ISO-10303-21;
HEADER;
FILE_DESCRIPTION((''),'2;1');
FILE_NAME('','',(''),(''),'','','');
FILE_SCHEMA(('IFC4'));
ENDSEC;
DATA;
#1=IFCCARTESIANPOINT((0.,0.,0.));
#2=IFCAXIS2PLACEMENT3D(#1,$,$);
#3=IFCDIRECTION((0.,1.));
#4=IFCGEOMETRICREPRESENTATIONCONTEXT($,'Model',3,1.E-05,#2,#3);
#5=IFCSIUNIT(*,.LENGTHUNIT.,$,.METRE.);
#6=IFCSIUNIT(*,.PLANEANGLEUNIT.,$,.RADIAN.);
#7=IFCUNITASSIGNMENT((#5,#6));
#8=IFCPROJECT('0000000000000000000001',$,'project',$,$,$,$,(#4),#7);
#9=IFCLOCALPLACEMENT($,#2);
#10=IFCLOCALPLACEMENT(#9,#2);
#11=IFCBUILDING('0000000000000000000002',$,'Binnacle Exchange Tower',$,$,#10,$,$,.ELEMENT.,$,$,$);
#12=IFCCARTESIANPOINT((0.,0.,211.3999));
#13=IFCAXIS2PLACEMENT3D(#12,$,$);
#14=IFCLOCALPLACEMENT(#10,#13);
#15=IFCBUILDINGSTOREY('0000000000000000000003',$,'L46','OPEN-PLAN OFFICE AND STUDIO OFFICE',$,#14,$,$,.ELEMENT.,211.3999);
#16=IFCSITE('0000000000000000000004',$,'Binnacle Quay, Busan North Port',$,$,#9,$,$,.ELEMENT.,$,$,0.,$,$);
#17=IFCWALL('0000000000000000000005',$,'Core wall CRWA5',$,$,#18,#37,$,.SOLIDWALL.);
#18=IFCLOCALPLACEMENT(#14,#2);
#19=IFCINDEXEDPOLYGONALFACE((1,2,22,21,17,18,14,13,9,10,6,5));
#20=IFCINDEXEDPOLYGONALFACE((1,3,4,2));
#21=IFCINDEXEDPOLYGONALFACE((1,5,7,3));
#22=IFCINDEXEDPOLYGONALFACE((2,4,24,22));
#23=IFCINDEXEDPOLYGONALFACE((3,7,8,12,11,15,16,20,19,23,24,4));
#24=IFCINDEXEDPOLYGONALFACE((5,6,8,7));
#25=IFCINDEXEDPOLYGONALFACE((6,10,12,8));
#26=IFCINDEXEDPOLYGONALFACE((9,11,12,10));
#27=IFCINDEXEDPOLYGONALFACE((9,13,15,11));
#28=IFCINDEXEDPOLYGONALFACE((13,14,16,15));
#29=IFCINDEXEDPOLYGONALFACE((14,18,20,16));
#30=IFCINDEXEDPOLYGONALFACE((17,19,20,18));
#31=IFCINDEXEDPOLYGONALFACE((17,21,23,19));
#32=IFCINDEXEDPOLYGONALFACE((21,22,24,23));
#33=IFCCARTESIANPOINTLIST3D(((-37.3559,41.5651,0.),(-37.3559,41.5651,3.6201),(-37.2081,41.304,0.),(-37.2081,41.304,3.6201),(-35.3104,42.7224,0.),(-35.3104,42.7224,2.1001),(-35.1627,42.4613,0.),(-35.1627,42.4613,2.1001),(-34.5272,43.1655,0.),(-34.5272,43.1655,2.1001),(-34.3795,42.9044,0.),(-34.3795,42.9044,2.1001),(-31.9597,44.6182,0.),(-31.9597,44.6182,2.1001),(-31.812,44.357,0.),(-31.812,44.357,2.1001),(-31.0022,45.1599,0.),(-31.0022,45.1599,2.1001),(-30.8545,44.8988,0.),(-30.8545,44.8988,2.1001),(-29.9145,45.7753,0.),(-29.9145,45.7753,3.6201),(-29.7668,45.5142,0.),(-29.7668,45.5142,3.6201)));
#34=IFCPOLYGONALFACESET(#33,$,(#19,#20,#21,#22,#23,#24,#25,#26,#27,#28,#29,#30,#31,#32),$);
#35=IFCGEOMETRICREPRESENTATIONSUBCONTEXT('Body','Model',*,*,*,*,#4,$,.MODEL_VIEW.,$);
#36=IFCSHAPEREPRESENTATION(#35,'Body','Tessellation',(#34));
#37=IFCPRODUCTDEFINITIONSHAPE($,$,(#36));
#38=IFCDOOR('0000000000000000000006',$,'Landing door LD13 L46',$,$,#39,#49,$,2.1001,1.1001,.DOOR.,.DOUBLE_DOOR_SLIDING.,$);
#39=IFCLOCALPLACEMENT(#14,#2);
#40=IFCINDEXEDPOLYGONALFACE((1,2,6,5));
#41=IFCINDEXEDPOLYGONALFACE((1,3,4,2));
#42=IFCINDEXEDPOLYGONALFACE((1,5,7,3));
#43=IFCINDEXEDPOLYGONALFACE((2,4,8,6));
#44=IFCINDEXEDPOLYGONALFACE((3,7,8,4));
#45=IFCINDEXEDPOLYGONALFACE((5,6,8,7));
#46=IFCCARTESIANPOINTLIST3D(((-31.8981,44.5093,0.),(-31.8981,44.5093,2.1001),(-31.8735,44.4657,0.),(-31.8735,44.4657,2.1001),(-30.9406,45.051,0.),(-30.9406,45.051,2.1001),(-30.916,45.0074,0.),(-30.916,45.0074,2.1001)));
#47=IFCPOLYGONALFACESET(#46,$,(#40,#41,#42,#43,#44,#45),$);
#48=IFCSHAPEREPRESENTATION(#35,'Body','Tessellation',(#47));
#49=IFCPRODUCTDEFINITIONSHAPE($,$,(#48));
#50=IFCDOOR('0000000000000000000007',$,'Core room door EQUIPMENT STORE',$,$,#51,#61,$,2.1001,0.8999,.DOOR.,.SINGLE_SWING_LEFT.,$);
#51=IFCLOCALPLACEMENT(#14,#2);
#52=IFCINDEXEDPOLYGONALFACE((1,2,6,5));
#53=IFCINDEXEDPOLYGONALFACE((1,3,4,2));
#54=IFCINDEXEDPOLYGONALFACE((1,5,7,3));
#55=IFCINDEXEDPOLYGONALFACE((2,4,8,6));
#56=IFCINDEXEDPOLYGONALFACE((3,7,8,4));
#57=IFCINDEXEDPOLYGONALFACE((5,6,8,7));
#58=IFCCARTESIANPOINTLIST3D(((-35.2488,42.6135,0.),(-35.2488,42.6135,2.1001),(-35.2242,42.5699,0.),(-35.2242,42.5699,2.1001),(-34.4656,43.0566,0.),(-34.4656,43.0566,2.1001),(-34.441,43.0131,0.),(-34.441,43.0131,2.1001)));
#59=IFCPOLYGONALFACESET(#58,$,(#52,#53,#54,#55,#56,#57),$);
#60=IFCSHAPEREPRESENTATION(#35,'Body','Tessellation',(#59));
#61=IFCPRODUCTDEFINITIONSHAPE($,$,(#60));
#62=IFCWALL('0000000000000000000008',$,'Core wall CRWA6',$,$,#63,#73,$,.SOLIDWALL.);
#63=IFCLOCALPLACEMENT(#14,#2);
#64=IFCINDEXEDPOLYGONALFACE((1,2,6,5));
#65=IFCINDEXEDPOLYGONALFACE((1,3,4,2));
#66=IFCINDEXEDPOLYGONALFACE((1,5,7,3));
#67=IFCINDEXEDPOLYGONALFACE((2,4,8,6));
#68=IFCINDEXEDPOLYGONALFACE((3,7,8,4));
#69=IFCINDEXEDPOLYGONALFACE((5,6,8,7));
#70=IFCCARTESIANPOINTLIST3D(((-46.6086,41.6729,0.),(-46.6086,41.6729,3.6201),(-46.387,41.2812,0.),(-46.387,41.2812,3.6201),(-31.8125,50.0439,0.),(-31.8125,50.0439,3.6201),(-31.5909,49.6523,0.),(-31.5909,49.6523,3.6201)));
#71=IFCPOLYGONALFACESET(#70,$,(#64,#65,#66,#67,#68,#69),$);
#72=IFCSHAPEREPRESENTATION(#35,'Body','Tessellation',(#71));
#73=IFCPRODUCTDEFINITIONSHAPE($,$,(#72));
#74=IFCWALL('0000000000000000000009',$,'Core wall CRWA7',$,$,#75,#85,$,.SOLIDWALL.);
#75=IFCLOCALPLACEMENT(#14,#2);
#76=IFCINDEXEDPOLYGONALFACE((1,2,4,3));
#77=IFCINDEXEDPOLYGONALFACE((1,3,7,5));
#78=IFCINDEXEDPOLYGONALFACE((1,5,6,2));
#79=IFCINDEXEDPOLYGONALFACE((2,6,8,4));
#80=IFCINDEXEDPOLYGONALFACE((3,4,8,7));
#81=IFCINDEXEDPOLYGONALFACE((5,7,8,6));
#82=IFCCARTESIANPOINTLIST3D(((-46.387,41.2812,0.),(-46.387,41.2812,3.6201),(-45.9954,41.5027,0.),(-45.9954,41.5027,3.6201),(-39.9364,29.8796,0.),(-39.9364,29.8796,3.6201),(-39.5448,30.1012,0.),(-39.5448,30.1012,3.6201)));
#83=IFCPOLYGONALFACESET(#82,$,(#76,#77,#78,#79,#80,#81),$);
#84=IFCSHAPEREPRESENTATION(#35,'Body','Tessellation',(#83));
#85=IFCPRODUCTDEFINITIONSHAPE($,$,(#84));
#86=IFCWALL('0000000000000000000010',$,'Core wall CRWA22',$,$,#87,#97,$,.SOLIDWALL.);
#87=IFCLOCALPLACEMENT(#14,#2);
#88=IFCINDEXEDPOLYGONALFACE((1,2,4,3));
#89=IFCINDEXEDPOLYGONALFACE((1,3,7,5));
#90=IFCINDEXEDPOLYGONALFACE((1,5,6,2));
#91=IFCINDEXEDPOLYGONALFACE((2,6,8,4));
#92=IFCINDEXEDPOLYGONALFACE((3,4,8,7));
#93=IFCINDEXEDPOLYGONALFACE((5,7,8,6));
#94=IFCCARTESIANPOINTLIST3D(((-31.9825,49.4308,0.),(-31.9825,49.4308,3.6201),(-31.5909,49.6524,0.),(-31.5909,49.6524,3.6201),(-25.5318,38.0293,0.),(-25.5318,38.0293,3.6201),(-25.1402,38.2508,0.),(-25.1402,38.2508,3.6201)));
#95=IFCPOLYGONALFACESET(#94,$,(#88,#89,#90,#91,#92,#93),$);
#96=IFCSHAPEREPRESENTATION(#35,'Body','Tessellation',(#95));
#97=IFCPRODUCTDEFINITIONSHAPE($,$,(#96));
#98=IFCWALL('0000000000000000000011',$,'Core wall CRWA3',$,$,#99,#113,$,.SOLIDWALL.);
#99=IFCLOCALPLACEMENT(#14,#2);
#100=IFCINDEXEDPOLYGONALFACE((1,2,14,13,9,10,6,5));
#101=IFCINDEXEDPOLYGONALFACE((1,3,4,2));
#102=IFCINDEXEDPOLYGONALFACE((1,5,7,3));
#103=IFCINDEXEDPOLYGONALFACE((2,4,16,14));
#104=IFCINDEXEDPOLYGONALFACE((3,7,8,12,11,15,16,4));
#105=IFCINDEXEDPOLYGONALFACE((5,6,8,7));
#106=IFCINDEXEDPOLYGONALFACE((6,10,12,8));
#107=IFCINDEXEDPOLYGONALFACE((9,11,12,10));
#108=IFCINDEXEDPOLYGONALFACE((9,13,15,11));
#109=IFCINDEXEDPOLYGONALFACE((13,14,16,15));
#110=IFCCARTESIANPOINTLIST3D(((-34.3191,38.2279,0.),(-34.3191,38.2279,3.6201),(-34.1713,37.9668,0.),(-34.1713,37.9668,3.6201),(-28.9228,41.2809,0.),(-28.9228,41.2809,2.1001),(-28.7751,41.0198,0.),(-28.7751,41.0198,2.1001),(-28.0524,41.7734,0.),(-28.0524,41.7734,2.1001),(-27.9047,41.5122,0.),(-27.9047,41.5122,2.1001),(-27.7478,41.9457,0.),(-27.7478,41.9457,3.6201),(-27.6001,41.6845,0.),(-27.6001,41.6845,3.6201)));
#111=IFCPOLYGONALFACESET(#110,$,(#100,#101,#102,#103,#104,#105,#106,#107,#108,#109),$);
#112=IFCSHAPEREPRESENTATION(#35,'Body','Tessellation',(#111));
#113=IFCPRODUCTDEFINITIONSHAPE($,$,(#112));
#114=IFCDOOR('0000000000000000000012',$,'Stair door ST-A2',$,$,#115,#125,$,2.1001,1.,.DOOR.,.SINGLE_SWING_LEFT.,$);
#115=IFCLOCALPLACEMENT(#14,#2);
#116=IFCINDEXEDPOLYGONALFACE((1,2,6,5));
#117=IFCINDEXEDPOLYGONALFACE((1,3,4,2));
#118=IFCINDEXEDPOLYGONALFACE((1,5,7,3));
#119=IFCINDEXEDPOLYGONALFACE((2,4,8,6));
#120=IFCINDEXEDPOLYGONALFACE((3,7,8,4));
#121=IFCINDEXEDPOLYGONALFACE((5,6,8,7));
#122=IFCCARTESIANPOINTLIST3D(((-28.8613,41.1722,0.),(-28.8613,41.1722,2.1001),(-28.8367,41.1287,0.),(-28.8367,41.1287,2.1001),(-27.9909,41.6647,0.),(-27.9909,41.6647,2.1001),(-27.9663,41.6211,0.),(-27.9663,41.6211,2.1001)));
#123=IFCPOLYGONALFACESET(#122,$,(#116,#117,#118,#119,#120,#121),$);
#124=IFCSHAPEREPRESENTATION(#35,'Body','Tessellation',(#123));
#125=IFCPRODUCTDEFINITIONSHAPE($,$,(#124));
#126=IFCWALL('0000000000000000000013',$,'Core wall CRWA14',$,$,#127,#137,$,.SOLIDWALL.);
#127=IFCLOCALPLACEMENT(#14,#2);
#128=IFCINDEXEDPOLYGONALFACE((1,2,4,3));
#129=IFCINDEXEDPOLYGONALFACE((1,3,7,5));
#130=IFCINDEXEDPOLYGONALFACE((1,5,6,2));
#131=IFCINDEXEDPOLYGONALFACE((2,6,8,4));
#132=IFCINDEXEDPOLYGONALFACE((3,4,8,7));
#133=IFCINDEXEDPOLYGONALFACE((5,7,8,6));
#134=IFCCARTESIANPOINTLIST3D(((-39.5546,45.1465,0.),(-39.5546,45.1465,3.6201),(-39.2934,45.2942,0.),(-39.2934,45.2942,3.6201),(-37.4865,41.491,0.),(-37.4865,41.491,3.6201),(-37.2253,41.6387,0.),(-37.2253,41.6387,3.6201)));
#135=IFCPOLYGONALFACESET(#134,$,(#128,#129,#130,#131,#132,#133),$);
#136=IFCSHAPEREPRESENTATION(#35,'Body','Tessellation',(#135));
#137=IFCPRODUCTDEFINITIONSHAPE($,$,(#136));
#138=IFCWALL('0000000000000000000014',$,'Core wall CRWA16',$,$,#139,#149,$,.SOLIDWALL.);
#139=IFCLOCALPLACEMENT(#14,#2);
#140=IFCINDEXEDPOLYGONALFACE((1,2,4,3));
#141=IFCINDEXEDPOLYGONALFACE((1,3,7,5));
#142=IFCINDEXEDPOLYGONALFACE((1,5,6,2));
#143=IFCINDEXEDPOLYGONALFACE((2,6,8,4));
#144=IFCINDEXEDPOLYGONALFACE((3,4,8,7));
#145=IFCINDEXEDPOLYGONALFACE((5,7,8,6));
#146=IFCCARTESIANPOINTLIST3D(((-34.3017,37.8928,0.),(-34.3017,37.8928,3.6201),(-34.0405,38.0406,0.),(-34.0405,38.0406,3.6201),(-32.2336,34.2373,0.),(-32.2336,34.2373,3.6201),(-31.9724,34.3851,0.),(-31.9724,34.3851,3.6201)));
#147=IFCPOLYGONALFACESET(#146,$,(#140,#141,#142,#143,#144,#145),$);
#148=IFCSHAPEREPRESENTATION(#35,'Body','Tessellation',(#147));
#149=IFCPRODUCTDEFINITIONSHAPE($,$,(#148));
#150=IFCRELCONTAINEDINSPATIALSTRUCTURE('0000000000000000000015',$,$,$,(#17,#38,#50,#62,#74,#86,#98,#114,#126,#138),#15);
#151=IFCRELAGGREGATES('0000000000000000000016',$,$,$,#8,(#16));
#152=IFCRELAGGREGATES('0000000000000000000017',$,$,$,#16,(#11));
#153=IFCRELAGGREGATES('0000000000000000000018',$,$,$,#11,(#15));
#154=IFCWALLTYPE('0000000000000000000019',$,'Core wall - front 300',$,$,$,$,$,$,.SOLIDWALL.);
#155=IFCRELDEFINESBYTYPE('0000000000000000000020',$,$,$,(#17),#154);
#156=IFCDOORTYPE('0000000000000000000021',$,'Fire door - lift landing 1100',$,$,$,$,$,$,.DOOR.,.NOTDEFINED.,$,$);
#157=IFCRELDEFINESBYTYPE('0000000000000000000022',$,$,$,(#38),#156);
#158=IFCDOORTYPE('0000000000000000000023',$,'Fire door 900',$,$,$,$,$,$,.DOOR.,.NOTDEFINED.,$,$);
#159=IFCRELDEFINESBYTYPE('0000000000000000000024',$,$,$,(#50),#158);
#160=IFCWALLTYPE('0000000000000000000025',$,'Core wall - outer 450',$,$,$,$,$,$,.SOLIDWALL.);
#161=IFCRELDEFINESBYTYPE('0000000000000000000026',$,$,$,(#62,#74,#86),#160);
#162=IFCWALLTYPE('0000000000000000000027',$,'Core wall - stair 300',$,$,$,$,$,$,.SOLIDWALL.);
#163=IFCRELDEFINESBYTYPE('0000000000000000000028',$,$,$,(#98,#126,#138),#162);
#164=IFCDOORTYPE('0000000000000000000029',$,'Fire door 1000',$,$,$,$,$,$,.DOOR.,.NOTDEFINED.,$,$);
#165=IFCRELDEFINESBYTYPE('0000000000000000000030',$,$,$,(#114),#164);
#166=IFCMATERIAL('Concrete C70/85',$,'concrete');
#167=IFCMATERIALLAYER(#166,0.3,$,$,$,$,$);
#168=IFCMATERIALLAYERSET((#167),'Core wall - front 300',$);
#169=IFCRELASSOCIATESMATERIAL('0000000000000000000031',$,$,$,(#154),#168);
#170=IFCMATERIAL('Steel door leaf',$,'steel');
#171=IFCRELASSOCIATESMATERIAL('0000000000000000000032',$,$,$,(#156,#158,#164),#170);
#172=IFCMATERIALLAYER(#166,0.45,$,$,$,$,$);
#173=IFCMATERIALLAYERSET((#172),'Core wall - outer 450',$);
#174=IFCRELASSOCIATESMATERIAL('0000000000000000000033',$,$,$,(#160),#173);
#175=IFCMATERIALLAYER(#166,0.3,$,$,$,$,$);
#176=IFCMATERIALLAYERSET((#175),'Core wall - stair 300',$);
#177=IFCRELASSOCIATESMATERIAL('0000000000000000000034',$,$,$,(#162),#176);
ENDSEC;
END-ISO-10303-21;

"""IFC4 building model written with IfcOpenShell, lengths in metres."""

from ifc_helpers import new_model, si_unit, direction, frame, frame_2d, origin, place, context, subcontext, project, spatial, rectangle, extrude, material, layer, layer_set, type_object, element, fill, save


model = new_model("IFC4")

# Units and contexts
model_context = context("Model", 3, precision=1e-05, world=origin(), true_north=direction((0.0, 1.0)))
body_context = subcontext(model_context, "Body", "Model", "MODEL_VIEW")
ifc_project = project(units=[si_unit("LENGTHUNIT", "METRE"), si_unit("PLANEANGLEUNIT", "RADIAN")], contexts=[model_context])

# Site, building, storey
site_placement = place(None, origin())
site = spatial("IfcSite", under=ifc_project, at=site_placement, Name="Binnacle Quay, Busan North Port", CompositionType="ELEMENT", RefElevation=0.0)
building_placement = place(site_placement, origin())
building = spatial("IfcBuilding", under=site, at=building_placement, Name="Binnacle Exchange Tower", CompositionType="ELEMENT")
storey_placement = place(building_placement, frame((0.0, 0.0, 211.3999)))
storey = spatial("IfcBuildingStorey", under=building, at=storey_placement, Name="L46", Description="OPEN-PLAN OFFICE AND STUDIO OFFICE", CompositionType="ELEMENT", Elevation=211.3999)

# Wall, openings, doors
ifc_material_1 = material(Name="Concrete C70/85", Category="concrete")
ifc_layer_1 = layer(ifc_material_1, 0.3)
ifc_layer_set_1 = layer_set([ifc_layer_1], Name="Core wall - front 300")
wall_type_1 = type_object("IfcWallType", Name="Core wall - front 300", PredefinedType="SOLIDWALL", material=ifc_layer_set_1)
wall_1_placement = place(storey_placement, frame((-37.282, 41.4346, 0.0), z_axis=(0.0, 0.0, 1.0), x_axis=(0.870353, 0.492429, 0.0)))
wall_1 = element("IfcWall", 1, at=wall_1_placement, inside=storey, type_object=wall_type_1, Name="Core wall CRWA5", PredefinedType="SOLIDWALL", context=body_context, shape_type="SweptSolid", body=[
    extrude(rectangle(XDim=8.5498, YDim=0.3, at=frame_2d((4.2749, 0.0))), origin(), (0.0, 0.0, 1.0), 3.6201),
])
opening_1_placement = place(wall_1_placement, frame((6.2, 0.0, 0.0)))
opening_1 = element("IfcOpeningElement", 2, at=opening_1_placement, cuts=wall_1, PredefinedType="OPENING", context=body_context, shape_type="SweptSolid", body=[
    extrude(rectangle(XDim=1.1001, YDim=2.1001, at=frame_2d((0.55, 1.05))), frame((0.0, 0.1599, 0.0), z_axis=(0.0, -1.0, 0.0), x_axis=(1.0, 0.0, 0.0)), (0.0, 0.0, 1.0), 0.3201),
])
opening_2_placement = place(wall_1_placement, frame((2.3501, 0.0, 0.0)))
opening_2 = element("IfcOpeningElement", 3, at=opening_2_placement, cuts=wall_1, PredefinedType="OPENING", context=body_context, shape_type="SweptSolid", body=[
    extrude(rectangle(XDim=0.8999, YDim=2.1001, at=frame_2d((0.45, 1.05))), frame((0.0, 0.1599, 0.0), z_axis=(0.0, -1.0, 0.0), x_axis=(1.0, 0.0, 0.0)), (0.0, 0.0, 1.0), 0.3201),
])
ifc_material_2 = material(Name="Steel door leaf", Category="steel")
door_type_1 = type_object("IfcDoorType", Name="Fire door - lift landing 1100", OperationType="NOTDEFINED", PredefinedType="DOOR", material=ifc_material_2)
door_1_placement = place(opening_1_placement, origin())
door_1 = element("IfcDoor", 4, at=door_1_placement, inside=storey, type_object=door_type_1, Name="Landing door LD13 L46", OperationType="DOUBLE_DOOR_SLIDING", OverallHeight=2.1001, OverallWidth=1.1001, PredefinedType="DOOR", context=body_context, shape_type="SweptSolid", body=[
    extrude(rectangle(XDim=1.1001, YDim=2.1001, at=frame_2d((0.55, 1.05))), frame((0.0, 0.0249, 0.0), z_axis=(0.0, -1.0, 0.0), x_axis=(1.0, 0.0, 0.0)), (0.0, 0.0, 1.0), 0.05),
])
fill(opening_1, door_1)
door_type_2 = type_object("IfcDoorType", Name="Fire door 900", OperationType="NOTDEFINED", PredefinedType="DOOR", material=ifc_material_2)
door_2_placement = place(opening_2_placement, origin())
door_2 = element("IfcDoor", 5, at=door_2_placement, inside=storey, type_object=door_type_2, Name="Core room door EQUIPMENT STORE", OperationType="SINGLE_SWING_LEFT", OverallHeight=2.1001, OverallWidth=0.8999, PredefinedType="DOOR", context=body_context, shape_type="SweptSolid", body=[
    extrude(rectangle(XDim=0.8999, YDim=2.1001, at=frame_2d((0.45, 1.05))), frame((0.0, 0.0249, 0.0), z_axis=(0.0, -1.0, 0.0), x_axis=(1.0, 0.0, 0.0)), (0.0, 0.0, 1.0), 0.05),
])
fill(opening_2, door_2)

# Walls
ifc_layer_2 = layer(ifc_material_1, 0.45)
ifc_layer_set_2 = layer_set([ifc_layer_2], Name="Core wall - outer 450")
wall_type_2 = type_object("IfcWallType", Name="Core wall - outer 450", PredefinedType="SOLIDWALL", material=ifc_layer_set_2)
wall_2_placement = place(storey_placement, frame((-46.4978, 41.4771, 0.0), z_axis=(0.0, 0.0, 1.0), x_axis=(0.87036, 0.492416, 0.0)))
element("IfcWall", 6, at=wall_2_placement, inside=storey, type_object=wall_type_2, Name="Core wall CRWA6", PredefinedType="SOLIDWALL", context=body_context, shape_type="SweptSolid", body=[
    extrude(rectangle(XDim=17.0, YDim=0.45, at=frame_2d((8.5, 0.0))), origin(), (0.0, 0.0, 1.0), 3.6201),
])
for number, where, z_axis, x_axis, name in (
    (7, (-46.1912, 41.3918, 0.0), (0.0, 0.0, 1.0), (0.492421, -0.870357, 0.0), "Core wall CRWA7"),
    (8, (-31.7866, 49.5415, 0.0), (0.0, 0.0, 1.0), (0.492421, -0.870357, 0.0), "Core wall CRWA22"),
):
    element("IfcWall", number, at=place(storey_placement, frame(where, z_axis=z_axis, x_axis=x_axis)), inside=storey, type_object=wall_type_2, Name=name, PredefinedType="SOLIDWALL", context=body_context, shape_type="SweptSolid", body=[
        extrude(rectangle(XDim=13.0999, YDim=0.45, at=frame_2d((6.5498, 0.0))), origin(), (0.0, 0.0, 1.0), 3.6201),
    ])

# Wall, opening, door
ifc_layer_3 = layer(ifc_material_1, 0.3)
ifc_layer_set_3 = layer_set([ifc_layer_3], Name="Core wall - stair 300")
wall_type_3 = type_object("IfcWallType", Name="Core wall - stair 300", PredefinedType="SOLIDWALL", material=ifc_layer_set_3)
wall_3_placement = place(storey_placement, frame((-34.2451, 38.0974, 0.0), z_axis=(0.0, 0.0, 1.0), x_axis=(0.87036, 0.492415, 0.0)))
wall_3 = element("IfcWall", 9, at=wall_3_placement, inside=storey, type_object=wall_type_3, Name="Core wall CRWA3", PredefinedType="SOLIDWALL", context=body_context, shape_type="SweptSolid", body=[
    extrude(rectangle(XDim=7.55, YDim=0.3, at=frame_2d((3.7749, 0.0))), origin(), (0.0, 0.0, 1.0), 3.6201),
])
opening_3_placement = place(wall_3_placement, frame((6.2, 0.0, 0.0)))
opening_3 = element("IfcOpeningElement", 10, at=opening_3_placement, cuts=wall_3, PredefinedType="OPENING", context=body_context, shape_type="SweptSolid", body=[
    extrude(rectangle(XDim=1.0, YDim=2.1001, at=frame_2d((0.5, 1.05))), frame((0.0, 0.1599, 0.0), z_axis=(0.0, -1.0, 0.0), x_axis=(1.0, 0.0, 0.0)), (0.0, 0.0, 1.0), 0.3201),
])
door_type_3 = type_object("IfcDoorType", Name="Fire door 1000", OperationType="NOTDEFINED", PredefinedType="DOOR", material=ifc_material_2)
door_3_placement = place(opening_3_placement, frame((1.0, 0.0, 0.0), z_axis=(0.0, 0.0, 1.0), x_axis=(-1.0, 0.0, 0.0)))
door_3 = element("IfcDoor", 11, at=door_3_placement, inside=storey, type_object=door_type_3, Name="Stair door ST-A2", OperationType="SINGLE_SWING_LEFT", OverallHeight=2.1001, OverallWidth=1.0, PredefinedType="DOOR", context=body_context, shape_type="SweptSolid", body=[
    extrude(rectangle(XDim=1.0, YDim=2.1001, at=frame_2d((0.5, 1.05))), frame((0.0, 0.0249, 0.0), z_axis=(0.0, -1.0, 0.0), x_axis=(1.0, 0.0, 0.0)), (0.0, 0.0, 1.0), 0.05),
])
fill(opening_3, door_3)

# Walls
for number, where, z_axis, x_axis, name in (
    (12, (-39.4241, 45.2205, 0.0), (0.0, 0.0, 1.0), (0.49241, -0.870364, 0.0), "Core wall CRWA14"),
    (13, (-34.1711, 37.9668, 0.0), (0.0, 0.0, 1.0), (0.49241, -0.870364, 0.0), "Core wall CRWA16"),
):
    element("IfcWall", number, at=place(storey_placement, frame(where, z_axis=z_axis, x_axis=x_axis)), inside=storey, type_object=wall_type_3, Name=name, PredefinedType="SOLIDWALL", context=body_context, shape_type="SweptSolid", body=[
        extrude(rectangle(XDim=4.2, YDim=0.3, at=frame_2d((2.1001, 0.0))), origin(), (0.0, 0.0, 1.0), 3.6201),
    ])

save(model, "model.ifc")
